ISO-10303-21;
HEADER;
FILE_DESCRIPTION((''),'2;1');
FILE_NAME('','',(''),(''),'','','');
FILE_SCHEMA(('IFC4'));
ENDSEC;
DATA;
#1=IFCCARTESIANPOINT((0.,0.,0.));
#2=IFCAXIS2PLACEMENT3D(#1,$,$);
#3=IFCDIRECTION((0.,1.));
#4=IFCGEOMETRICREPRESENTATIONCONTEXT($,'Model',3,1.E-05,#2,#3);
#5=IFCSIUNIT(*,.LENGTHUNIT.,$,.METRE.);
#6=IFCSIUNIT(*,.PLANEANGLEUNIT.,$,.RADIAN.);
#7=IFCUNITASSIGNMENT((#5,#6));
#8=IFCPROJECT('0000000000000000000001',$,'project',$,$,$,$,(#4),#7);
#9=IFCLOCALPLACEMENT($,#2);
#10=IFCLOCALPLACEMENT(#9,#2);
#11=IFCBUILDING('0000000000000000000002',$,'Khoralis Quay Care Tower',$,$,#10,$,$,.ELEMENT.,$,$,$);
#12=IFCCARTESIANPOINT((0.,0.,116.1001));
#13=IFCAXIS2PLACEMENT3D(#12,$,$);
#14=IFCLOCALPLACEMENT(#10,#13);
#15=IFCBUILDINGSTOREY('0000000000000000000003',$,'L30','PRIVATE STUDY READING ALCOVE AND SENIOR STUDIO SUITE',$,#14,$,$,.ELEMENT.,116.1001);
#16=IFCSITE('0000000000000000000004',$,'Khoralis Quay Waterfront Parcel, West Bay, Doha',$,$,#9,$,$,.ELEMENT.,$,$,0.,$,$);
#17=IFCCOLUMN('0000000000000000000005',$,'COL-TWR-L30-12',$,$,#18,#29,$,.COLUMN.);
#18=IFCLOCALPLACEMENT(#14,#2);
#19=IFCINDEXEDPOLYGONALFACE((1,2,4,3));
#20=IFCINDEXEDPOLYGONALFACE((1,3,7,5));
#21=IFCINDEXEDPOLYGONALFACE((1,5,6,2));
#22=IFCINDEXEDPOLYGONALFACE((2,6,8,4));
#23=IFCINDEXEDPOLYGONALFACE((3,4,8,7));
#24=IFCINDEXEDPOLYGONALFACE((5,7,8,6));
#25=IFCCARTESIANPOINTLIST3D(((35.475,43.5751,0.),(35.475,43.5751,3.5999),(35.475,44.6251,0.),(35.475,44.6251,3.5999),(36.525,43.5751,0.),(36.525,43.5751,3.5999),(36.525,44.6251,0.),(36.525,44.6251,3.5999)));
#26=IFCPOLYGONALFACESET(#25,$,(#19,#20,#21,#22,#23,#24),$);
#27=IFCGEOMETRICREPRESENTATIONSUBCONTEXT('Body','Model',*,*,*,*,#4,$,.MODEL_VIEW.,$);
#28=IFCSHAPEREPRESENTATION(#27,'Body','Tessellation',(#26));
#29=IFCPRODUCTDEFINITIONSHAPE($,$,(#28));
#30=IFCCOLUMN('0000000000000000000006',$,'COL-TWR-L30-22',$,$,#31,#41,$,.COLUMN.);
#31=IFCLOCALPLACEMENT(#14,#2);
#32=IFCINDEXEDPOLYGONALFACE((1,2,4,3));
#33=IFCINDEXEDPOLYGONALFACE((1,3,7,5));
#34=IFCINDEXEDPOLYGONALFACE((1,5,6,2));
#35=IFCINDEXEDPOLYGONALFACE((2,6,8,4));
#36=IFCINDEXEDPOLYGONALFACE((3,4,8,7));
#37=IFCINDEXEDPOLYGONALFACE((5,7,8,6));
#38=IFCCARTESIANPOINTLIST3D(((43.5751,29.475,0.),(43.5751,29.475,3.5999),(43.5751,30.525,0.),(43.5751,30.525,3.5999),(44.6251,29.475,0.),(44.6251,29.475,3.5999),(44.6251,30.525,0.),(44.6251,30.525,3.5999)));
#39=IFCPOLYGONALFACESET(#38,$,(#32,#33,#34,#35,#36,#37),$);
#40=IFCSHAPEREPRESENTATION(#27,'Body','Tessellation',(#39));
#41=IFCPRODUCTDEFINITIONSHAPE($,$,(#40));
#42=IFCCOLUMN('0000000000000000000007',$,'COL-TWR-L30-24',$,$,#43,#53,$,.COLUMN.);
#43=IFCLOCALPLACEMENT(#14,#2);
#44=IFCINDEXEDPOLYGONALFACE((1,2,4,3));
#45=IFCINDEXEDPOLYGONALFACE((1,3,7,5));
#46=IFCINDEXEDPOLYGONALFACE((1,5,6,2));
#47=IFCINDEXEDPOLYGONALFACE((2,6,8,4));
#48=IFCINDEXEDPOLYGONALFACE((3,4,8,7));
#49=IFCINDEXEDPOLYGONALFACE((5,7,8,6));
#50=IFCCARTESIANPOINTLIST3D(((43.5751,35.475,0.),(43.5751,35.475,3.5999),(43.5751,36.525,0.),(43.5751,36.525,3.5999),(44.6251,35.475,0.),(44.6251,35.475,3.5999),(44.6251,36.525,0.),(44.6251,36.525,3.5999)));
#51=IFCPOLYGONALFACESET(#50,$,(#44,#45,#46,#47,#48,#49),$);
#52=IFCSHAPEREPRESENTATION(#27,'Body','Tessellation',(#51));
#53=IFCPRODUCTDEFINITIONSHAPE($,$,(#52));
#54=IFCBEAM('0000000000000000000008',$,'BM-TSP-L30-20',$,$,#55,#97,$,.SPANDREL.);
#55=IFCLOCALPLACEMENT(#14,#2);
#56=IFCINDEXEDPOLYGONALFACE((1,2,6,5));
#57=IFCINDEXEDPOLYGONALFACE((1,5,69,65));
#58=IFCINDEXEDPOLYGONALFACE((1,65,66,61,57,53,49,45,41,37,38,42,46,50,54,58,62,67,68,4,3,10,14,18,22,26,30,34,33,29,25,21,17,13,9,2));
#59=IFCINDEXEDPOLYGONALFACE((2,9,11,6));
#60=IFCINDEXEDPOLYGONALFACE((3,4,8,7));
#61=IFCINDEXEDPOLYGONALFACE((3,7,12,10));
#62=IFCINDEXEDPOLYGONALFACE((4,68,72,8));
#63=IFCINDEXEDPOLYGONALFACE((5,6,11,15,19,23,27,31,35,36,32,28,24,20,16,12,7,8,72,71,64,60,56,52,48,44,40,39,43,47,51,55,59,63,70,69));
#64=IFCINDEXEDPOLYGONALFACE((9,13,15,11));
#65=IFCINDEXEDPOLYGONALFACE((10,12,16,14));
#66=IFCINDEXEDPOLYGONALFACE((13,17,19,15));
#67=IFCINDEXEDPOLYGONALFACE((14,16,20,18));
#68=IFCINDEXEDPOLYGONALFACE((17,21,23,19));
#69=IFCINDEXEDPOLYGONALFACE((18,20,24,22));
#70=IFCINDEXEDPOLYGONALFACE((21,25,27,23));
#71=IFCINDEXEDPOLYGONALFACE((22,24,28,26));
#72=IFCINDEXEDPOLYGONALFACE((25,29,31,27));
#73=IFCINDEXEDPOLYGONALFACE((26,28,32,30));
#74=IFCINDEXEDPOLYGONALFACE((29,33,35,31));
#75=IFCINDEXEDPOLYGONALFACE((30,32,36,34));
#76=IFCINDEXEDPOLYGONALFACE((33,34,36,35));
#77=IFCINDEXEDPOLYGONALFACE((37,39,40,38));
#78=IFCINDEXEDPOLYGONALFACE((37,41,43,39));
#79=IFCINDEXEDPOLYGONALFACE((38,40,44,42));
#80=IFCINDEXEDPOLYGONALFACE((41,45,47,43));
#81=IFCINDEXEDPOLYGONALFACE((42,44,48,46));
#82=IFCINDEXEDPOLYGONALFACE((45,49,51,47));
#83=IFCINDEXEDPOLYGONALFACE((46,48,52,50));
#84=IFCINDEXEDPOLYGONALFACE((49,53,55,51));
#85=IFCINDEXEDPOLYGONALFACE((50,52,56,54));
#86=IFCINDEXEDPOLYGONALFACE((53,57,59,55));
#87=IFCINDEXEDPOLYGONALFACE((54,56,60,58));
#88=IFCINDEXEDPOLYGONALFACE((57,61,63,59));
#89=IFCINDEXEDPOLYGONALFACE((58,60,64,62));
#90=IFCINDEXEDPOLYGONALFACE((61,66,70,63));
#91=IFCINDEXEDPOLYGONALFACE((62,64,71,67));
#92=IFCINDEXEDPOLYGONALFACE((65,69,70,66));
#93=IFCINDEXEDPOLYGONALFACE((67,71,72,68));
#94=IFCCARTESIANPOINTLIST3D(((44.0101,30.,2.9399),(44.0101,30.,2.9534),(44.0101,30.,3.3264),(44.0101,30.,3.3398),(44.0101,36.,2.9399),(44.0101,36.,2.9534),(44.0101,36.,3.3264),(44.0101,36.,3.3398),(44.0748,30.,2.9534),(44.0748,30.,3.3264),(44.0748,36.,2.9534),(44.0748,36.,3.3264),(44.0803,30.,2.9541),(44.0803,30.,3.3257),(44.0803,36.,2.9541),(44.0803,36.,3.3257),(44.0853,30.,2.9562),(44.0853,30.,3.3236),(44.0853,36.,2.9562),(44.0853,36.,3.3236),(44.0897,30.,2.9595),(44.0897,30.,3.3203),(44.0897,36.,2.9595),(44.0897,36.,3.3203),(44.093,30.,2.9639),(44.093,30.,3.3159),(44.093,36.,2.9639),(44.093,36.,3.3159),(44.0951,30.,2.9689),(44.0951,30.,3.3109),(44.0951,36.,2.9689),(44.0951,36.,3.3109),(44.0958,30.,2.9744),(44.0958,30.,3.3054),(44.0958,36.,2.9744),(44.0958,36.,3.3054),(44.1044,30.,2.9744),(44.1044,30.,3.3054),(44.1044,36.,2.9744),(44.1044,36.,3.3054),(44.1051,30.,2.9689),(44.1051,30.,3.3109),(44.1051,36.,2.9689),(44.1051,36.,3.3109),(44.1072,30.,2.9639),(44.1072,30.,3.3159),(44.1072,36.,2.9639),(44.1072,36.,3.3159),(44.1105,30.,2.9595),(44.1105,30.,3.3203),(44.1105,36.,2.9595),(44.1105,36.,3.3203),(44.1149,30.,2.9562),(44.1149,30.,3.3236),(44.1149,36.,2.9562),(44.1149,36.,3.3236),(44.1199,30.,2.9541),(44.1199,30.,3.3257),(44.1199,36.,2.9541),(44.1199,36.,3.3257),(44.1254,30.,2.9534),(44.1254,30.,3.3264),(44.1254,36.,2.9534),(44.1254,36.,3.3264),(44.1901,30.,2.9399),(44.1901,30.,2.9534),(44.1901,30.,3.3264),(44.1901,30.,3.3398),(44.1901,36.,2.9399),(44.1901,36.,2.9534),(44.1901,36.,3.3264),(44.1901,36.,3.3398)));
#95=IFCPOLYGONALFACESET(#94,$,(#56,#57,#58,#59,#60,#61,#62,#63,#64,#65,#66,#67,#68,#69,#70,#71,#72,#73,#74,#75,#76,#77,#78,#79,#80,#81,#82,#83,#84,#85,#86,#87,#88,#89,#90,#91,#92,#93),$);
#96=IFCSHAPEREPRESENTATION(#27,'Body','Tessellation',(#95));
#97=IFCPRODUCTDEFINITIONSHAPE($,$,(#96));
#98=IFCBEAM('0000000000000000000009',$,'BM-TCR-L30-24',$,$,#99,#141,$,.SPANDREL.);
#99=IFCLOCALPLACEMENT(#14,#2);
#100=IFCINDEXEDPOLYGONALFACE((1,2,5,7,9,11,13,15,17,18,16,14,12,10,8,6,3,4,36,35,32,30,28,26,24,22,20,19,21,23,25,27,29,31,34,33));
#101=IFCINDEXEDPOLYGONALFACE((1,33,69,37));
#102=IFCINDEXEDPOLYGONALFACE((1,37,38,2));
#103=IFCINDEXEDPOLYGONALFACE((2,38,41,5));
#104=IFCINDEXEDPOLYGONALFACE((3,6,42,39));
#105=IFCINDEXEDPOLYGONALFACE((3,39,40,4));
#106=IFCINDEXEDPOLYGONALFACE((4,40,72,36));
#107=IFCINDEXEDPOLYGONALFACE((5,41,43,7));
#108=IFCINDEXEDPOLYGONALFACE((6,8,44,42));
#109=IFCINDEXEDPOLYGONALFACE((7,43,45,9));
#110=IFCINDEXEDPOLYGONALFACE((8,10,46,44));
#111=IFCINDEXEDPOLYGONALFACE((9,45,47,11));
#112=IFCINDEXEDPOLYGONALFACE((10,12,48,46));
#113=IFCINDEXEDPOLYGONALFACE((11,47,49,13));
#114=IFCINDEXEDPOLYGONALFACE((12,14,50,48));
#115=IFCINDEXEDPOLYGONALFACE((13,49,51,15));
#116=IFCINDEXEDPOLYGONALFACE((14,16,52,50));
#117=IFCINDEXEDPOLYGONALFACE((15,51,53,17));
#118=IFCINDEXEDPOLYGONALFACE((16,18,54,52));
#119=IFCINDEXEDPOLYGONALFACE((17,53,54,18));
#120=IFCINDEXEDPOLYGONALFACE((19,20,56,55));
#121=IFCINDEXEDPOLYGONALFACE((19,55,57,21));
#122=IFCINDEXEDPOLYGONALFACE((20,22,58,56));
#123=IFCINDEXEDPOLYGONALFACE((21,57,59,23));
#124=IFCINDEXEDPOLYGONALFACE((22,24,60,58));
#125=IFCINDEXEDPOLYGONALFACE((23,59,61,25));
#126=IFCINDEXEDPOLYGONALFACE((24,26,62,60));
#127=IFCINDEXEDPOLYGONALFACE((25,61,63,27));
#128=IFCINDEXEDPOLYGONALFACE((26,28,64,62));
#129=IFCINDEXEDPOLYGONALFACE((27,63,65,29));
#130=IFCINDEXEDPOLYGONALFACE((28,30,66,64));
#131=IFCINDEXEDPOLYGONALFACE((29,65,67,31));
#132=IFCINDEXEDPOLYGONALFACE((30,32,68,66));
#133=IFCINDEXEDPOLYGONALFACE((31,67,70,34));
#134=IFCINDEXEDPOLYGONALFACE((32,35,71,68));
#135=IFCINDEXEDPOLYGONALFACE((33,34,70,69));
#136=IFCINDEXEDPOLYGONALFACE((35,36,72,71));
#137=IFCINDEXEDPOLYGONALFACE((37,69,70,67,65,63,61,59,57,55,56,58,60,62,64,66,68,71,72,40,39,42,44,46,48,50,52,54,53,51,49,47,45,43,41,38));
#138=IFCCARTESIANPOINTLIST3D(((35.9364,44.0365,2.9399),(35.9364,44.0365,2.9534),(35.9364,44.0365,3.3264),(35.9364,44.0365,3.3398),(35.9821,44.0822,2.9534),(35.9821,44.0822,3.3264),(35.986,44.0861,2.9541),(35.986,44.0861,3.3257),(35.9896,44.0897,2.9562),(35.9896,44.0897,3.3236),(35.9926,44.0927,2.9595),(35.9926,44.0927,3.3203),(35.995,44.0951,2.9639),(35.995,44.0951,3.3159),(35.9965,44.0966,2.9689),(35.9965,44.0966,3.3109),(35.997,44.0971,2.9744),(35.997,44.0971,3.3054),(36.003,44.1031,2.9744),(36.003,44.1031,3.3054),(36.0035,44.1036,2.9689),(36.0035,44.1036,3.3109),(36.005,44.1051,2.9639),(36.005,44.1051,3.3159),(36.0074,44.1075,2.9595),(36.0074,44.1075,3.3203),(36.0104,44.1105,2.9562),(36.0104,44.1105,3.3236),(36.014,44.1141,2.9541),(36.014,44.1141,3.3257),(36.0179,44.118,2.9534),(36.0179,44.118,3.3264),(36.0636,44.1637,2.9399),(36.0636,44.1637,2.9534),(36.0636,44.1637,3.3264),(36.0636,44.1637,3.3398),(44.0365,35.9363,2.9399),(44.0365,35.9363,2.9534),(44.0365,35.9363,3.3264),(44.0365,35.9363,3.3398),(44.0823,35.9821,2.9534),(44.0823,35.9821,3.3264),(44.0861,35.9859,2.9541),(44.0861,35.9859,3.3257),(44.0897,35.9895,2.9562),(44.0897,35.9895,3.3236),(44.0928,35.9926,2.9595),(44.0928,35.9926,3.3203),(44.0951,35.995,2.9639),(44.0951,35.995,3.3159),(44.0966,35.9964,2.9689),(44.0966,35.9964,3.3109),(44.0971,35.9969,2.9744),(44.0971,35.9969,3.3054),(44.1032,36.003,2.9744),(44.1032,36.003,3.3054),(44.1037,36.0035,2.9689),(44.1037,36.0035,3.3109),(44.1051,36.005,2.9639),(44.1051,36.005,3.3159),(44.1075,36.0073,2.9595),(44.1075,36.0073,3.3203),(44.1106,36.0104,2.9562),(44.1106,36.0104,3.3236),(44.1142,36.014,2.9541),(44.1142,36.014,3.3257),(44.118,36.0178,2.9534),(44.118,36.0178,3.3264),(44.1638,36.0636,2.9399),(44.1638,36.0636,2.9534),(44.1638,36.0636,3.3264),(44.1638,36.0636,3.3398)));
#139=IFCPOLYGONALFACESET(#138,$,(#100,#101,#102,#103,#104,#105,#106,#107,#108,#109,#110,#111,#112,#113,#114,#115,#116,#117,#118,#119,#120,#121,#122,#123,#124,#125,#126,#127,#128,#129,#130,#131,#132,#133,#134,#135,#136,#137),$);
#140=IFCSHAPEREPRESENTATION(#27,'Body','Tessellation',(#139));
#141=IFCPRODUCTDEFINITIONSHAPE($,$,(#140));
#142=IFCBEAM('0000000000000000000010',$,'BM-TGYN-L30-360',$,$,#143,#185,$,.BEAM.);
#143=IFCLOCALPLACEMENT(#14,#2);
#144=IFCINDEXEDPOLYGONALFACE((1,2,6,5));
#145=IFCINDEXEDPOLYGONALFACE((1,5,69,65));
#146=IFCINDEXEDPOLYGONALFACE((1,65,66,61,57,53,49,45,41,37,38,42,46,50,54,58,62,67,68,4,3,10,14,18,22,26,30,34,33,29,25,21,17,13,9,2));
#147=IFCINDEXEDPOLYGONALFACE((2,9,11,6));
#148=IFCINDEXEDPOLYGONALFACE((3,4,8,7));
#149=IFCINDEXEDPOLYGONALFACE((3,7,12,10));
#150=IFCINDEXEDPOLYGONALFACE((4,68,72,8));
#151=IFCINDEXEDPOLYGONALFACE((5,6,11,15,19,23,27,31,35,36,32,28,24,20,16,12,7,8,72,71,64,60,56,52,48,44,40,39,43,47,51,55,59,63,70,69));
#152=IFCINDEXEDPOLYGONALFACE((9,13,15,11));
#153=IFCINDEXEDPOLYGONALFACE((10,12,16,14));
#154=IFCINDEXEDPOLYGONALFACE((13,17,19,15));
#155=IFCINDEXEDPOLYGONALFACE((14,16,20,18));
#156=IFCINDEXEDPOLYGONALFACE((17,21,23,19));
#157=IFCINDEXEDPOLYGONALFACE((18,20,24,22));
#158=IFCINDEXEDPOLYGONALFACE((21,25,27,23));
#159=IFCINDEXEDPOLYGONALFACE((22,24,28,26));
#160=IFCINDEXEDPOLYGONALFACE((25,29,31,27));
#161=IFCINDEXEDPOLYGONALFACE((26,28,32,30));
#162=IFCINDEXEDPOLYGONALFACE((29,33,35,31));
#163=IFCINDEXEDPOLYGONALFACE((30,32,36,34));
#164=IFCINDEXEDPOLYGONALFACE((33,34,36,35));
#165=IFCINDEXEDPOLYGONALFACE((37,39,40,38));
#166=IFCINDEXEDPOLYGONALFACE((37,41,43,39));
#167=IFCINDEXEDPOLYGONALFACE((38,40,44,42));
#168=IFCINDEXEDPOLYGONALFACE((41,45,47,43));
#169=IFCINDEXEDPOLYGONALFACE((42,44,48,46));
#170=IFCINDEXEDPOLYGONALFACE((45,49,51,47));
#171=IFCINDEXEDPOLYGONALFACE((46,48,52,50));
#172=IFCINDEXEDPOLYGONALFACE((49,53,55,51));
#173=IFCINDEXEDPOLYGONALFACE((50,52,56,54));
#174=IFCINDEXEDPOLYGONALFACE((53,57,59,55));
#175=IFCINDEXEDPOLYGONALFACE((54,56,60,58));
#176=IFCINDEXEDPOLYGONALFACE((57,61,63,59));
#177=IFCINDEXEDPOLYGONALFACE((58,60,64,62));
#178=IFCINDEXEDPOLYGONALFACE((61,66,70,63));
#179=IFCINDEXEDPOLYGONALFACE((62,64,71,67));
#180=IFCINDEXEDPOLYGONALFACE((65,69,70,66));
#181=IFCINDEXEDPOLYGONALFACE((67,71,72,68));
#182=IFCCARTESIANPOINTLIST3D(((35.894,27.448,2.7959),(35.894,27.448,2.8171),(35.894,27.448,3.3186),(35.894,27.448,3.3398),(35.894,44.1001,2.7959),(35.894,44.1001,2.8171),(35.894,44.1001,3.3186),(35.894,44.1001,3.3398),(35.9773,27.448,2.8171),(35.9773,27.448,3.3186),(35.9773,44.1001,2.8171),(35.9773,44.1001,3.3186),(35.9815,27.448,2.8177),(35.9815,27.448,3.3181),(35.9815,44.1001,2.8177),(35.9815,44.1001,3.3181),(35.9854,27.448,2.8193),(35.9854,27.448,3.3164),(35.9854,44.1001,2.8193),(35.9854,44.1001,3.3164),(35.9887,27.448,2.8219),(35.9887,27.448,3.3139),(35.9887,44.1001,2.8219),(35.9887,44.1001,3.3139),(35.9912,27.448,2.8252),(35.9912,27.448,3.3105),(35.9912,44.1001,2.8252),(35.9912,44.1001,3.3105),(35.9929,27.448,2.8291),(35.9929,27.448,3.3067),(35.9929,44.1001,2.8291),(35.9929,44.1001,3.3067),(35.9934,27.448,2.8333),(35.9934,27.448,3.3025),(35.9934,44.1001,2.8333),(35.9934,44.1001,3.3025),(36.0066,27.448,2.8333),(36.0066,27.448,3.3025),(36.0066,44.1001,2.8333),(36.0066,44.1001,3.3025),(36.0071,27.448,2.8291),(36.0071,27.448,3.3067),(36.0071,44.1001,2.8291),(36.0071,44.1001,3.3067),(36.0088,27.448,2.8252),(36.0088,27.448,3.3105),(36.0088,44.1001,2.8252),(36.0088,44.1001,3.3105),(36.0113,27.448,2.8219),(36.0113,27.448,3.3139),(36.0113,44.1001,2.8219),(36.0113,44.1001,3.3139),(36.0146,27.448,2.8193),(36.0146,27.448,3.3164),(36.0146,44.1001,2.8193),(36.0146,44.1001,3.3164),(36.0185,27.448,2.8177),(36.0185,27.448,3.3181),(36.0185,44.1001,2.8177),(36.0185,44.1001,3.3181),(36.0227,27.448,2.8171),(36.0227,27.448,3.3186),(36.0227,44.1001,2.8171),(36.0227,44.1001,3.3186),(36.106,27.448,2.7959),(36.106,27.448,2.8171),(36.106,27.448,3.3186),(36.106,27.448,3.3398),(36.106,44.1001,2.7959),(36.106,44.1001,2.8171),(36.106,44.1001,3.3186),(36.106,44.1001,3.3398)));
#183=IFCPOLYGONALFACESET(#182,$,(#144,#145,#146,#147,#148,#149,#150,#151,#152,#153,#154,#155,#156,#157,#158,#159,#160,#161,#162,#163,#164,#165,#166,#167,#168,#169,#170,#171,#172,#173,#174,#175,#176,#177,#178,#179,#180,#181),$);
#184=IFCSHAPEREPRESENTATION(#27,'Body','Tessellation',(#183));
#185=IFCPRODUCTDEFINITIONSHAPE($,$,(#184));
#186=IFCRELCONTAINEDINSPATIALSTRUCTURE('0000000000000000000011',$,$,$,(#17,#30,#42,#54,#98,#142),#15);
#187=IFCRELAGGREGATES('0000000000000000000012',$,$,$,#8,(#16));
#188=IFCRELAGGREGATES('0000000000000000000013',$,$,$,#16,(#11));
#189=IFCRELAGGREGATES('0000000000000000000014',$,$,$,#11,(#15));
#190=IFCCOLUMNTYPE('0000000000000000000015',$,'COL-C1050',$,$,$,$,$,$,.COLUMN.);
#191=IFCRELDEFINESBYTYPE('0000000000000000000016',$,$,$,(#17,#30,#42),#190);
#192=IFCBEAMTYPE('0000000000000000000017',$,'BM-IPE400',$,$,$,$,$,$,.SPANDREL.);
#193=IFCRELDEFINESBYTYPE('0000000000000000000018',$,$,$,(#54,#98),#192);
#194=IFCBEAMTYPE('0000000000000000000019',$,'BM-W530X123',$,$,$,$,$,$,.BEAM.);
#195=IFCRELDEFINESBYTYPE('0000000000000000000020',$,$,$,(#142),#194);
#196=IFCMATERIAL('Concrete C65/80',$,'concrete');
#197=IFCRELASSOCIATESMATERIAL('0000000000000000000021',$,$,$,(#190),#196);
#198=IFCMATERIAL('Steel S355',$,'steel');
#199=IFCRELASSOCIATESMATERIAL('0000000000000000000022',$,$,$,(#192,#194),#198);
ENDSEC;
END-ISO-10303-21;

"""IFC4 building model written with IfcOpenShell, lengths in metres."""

from ifc_helpers import new_model, si_unit, direction, frame, origin, origin_2d, place, context, subcontext, project, spatial, rectangle, i_section, extrude, source, transform, mapped, material, material_profile, profile_set, type_object, element, save


model = new_model("IFC4")

# Units and contexts
model_context = context("Model", 3, precision=1e-05, world=origin(), true_north=direction((0.0, 1.0)))
body_context = subcontext(model_context, "Body", "Model", "MODEL_VIEW")
ifc_project = project(units=[si_unit("LENGTHUNIT", "METRE"), si_unit("PLANEANGLEUNIT", "RADIAN")], contexts=[model_context])

# Site, building, storey
site_placement = place(None, origin())
site = spatial("IfcSite", under=ifc_project, at=site_placement, Name="Khoralis Quay Waterfront Parcel, West Bay, Doha", CompositionType="ELEMENT", RefElevation=0.0)
building_placement = place(site_placement, origin())
building = spatial("IfcBuilding", under=site, at=building_placement, Name="Khoralis Quay Care Tower", CompositionType="ELEMENT")
storey_placement = place(building_placement, frame((0.0, 0.0, 116.1001)))
storey = spatial("IfcBuildingStorey", under=building, at=storey_placement, Name="L30", Description="PRIVATE STUDY READING ALCOVE AND SENIOR STUDIO SUITE", CompositionType="ELEMENT", Elevation=116.1001)

# Columns
ifc_material_1 = material(Name="Concrete C65/80", Category="concrete")
ifc_material_profile_1 = material_profile(ifc_material_1, rectangle(XDim=1.05, YDim=1.05, at=origin_2d()), Name="Concrete C65/80")
ifc_profile_set_1 = profile_set([ifc_material_profile_1], Name="Concrete C65/80")
column_type = type_object("IfcColumnType", Name="COL-C1050", PredefinedType="COLUMN", material=ifc_profile_set_1)
shared_shape_1 = source(origin(), body_context, "Body", "SweptSolid", [
    extrude(rectangle(XDim=1.05, YDim=1.05, at=origin_2d()), origin(), (0.0, 0.0, 1.0), 3.5999),
])
for number, where, z_axis, x_axis, name in (
    (1, (36.0, 44.1001, 0.0), (0.0, 0.0, 1.0), (1.0, 0.0, 0.0), "COL-TWR-L30-12"),
    (2, (44.1001, 30.0, 0.0), (0.0, 0.0, 1.0), (1.0, 0.0, 0.0), "COL-TWR-L30-22"),
    (3, (44.1001, 36.0, 0.0), (0.0, 0.0, 1.0), (1.0, 0.0, 0.0), "COL-TWR-L30-24"),
):
    element("IfcColumn", number, at=place(storey_placement, frame(where, z_axis=z_axis, x_axis=x_axis)), inside=storey, type_object=column_type, Name=name, PredefinedType="COLUMN", context=body_context, shape_type="MappedRepresentation", body=[
        mapped(shared_shape_1, transform((0.0, 0.0, 0.0), scale=1.0)),
    ])

# Beams
ifc_material_2 = material(Name="Steel S355", Category="steel")
ifc_material_profile_2 = material_profile(ifc_material_2, i_section(OverallWidth=0.1799, OverallDepth=0.3999, WebThickness=0.0085, FlangeThickness=0.0134, FilletRadius=0.021, at=origin_2d()), Name="Steel S355")
ifc_profile_set_2 = profile_set([ifc_material_profile_2], Name="Steel S355")
beam_type_1 = type_object("IfcBeamType", Name="BM-IPE400", PredefinedType="SPANDREL", material=ifc_profile_set_2)
shared_shape_2 = source(origin(), body_context, "Body", "SweptSolid", [
    extrude(i_section(OverallWidth=0.1799, OverallDepth=0.3999, WebThickness=0.0085, FlangeThickness=0.0134, FilletRadius=0.021, at=origin_2d()), origin(), (0.0, 0.0, 1.0), 6.0),
])
beam_1_placement = place(storey_placement, frame((44.1001, 30.0, 3.1399), z_axis=(0.0, 1.0, 0.0), x_axis=(-1.0, 0.0, 0.0)))
element("IfcBeam", 4, at=beam_1_placement, inside=storey, type_object=beam_type_1, Name="BM-TSP-L30-20", PredefinedType="SPANDREL", context=body_context, shape_type="MappedRepresentation", body=[
    mapped(shared_shape_2, transform((0.0, 0.0, 0.0), scale=1.0)),
])
shared_shape_3 = source(origin(), body_context, "Body", "SweptSolid", [
    extrude(i_section(OverallWidth=0.1799, OverallDepth=0.3999, WebThickness=0.0085, FlangeThickness=0.0134, FilletRadius=0.021, at=origin_2d()), origin(), (0.0, 0.0, 1.0), 11.4553),
])
beam_2_placement = place(storey_placement, frame((36.0, 44.1001, 3.1399), z_axis=(0.707107, -0.707107, 0.0), x_axis=(0.707107, 0.707107, 0.0)))
element("IfcBeam", 5, at=beam_2_placement, inside=storey, type_object=beam_type_1, Name="BM-TCR-L30-24", PredefinedType="SPANDREL", context=body_context, shape_type="MappedRepresentation", body=[
    mapped(shared_shape_3, transform((0.0, 0.0, 0.0), scale=1.0)),
])
ifc_material_profile_3 = material_profile(ifc_material_2, i_section(OverallWidth=0.2119, OverallDepth=0.5439, WebThickness=0.0132, FlangeThickness=0.0212, FilletRadius=0.0161, at=origin_2d()), Name="Steel S355")
ifc_profile_set_3 = profile_set([ifc_material_profile_3], Name="Steel S355")
beam_type_2 = type_object("IfcBeamType", Name="BM-W530X123", PredefinedType="BEAM", material=ifc_profile_set_3)
shared_shape_4 = source(origin(), body_context, "Body", "SweptSolid", [
    extrude(i_section(OverallWidth=0.2119, OverallDepth=0.5439, WebThickness=0.0132, FlangeThickness=0.0212, FilletRadius=0.0161, at=origin_2d()), origin(), (0.0, 0.0, 1.0), 16.6521),
])
beam_3_placement = place(storey_placement, frame((36.0, 27.448, 3.0679), z_axis=(0.0, 1.0, 0.0), x_axis=(-1.0, 0.0, 0.0)))
element("IfcBeam", 6, at=beam_3_placement, inside=storey, type_object=beam_type_2, Name="BM-TGYN-L30-360", PredefinedType="BEAM", context=body_context, shape_type="MappedRepresentation", body=[
    mapped(shared_shape_4, transform((0.0, 0.0, 0.0), scale=1.0)),
])

save(model, "model.ifc")
